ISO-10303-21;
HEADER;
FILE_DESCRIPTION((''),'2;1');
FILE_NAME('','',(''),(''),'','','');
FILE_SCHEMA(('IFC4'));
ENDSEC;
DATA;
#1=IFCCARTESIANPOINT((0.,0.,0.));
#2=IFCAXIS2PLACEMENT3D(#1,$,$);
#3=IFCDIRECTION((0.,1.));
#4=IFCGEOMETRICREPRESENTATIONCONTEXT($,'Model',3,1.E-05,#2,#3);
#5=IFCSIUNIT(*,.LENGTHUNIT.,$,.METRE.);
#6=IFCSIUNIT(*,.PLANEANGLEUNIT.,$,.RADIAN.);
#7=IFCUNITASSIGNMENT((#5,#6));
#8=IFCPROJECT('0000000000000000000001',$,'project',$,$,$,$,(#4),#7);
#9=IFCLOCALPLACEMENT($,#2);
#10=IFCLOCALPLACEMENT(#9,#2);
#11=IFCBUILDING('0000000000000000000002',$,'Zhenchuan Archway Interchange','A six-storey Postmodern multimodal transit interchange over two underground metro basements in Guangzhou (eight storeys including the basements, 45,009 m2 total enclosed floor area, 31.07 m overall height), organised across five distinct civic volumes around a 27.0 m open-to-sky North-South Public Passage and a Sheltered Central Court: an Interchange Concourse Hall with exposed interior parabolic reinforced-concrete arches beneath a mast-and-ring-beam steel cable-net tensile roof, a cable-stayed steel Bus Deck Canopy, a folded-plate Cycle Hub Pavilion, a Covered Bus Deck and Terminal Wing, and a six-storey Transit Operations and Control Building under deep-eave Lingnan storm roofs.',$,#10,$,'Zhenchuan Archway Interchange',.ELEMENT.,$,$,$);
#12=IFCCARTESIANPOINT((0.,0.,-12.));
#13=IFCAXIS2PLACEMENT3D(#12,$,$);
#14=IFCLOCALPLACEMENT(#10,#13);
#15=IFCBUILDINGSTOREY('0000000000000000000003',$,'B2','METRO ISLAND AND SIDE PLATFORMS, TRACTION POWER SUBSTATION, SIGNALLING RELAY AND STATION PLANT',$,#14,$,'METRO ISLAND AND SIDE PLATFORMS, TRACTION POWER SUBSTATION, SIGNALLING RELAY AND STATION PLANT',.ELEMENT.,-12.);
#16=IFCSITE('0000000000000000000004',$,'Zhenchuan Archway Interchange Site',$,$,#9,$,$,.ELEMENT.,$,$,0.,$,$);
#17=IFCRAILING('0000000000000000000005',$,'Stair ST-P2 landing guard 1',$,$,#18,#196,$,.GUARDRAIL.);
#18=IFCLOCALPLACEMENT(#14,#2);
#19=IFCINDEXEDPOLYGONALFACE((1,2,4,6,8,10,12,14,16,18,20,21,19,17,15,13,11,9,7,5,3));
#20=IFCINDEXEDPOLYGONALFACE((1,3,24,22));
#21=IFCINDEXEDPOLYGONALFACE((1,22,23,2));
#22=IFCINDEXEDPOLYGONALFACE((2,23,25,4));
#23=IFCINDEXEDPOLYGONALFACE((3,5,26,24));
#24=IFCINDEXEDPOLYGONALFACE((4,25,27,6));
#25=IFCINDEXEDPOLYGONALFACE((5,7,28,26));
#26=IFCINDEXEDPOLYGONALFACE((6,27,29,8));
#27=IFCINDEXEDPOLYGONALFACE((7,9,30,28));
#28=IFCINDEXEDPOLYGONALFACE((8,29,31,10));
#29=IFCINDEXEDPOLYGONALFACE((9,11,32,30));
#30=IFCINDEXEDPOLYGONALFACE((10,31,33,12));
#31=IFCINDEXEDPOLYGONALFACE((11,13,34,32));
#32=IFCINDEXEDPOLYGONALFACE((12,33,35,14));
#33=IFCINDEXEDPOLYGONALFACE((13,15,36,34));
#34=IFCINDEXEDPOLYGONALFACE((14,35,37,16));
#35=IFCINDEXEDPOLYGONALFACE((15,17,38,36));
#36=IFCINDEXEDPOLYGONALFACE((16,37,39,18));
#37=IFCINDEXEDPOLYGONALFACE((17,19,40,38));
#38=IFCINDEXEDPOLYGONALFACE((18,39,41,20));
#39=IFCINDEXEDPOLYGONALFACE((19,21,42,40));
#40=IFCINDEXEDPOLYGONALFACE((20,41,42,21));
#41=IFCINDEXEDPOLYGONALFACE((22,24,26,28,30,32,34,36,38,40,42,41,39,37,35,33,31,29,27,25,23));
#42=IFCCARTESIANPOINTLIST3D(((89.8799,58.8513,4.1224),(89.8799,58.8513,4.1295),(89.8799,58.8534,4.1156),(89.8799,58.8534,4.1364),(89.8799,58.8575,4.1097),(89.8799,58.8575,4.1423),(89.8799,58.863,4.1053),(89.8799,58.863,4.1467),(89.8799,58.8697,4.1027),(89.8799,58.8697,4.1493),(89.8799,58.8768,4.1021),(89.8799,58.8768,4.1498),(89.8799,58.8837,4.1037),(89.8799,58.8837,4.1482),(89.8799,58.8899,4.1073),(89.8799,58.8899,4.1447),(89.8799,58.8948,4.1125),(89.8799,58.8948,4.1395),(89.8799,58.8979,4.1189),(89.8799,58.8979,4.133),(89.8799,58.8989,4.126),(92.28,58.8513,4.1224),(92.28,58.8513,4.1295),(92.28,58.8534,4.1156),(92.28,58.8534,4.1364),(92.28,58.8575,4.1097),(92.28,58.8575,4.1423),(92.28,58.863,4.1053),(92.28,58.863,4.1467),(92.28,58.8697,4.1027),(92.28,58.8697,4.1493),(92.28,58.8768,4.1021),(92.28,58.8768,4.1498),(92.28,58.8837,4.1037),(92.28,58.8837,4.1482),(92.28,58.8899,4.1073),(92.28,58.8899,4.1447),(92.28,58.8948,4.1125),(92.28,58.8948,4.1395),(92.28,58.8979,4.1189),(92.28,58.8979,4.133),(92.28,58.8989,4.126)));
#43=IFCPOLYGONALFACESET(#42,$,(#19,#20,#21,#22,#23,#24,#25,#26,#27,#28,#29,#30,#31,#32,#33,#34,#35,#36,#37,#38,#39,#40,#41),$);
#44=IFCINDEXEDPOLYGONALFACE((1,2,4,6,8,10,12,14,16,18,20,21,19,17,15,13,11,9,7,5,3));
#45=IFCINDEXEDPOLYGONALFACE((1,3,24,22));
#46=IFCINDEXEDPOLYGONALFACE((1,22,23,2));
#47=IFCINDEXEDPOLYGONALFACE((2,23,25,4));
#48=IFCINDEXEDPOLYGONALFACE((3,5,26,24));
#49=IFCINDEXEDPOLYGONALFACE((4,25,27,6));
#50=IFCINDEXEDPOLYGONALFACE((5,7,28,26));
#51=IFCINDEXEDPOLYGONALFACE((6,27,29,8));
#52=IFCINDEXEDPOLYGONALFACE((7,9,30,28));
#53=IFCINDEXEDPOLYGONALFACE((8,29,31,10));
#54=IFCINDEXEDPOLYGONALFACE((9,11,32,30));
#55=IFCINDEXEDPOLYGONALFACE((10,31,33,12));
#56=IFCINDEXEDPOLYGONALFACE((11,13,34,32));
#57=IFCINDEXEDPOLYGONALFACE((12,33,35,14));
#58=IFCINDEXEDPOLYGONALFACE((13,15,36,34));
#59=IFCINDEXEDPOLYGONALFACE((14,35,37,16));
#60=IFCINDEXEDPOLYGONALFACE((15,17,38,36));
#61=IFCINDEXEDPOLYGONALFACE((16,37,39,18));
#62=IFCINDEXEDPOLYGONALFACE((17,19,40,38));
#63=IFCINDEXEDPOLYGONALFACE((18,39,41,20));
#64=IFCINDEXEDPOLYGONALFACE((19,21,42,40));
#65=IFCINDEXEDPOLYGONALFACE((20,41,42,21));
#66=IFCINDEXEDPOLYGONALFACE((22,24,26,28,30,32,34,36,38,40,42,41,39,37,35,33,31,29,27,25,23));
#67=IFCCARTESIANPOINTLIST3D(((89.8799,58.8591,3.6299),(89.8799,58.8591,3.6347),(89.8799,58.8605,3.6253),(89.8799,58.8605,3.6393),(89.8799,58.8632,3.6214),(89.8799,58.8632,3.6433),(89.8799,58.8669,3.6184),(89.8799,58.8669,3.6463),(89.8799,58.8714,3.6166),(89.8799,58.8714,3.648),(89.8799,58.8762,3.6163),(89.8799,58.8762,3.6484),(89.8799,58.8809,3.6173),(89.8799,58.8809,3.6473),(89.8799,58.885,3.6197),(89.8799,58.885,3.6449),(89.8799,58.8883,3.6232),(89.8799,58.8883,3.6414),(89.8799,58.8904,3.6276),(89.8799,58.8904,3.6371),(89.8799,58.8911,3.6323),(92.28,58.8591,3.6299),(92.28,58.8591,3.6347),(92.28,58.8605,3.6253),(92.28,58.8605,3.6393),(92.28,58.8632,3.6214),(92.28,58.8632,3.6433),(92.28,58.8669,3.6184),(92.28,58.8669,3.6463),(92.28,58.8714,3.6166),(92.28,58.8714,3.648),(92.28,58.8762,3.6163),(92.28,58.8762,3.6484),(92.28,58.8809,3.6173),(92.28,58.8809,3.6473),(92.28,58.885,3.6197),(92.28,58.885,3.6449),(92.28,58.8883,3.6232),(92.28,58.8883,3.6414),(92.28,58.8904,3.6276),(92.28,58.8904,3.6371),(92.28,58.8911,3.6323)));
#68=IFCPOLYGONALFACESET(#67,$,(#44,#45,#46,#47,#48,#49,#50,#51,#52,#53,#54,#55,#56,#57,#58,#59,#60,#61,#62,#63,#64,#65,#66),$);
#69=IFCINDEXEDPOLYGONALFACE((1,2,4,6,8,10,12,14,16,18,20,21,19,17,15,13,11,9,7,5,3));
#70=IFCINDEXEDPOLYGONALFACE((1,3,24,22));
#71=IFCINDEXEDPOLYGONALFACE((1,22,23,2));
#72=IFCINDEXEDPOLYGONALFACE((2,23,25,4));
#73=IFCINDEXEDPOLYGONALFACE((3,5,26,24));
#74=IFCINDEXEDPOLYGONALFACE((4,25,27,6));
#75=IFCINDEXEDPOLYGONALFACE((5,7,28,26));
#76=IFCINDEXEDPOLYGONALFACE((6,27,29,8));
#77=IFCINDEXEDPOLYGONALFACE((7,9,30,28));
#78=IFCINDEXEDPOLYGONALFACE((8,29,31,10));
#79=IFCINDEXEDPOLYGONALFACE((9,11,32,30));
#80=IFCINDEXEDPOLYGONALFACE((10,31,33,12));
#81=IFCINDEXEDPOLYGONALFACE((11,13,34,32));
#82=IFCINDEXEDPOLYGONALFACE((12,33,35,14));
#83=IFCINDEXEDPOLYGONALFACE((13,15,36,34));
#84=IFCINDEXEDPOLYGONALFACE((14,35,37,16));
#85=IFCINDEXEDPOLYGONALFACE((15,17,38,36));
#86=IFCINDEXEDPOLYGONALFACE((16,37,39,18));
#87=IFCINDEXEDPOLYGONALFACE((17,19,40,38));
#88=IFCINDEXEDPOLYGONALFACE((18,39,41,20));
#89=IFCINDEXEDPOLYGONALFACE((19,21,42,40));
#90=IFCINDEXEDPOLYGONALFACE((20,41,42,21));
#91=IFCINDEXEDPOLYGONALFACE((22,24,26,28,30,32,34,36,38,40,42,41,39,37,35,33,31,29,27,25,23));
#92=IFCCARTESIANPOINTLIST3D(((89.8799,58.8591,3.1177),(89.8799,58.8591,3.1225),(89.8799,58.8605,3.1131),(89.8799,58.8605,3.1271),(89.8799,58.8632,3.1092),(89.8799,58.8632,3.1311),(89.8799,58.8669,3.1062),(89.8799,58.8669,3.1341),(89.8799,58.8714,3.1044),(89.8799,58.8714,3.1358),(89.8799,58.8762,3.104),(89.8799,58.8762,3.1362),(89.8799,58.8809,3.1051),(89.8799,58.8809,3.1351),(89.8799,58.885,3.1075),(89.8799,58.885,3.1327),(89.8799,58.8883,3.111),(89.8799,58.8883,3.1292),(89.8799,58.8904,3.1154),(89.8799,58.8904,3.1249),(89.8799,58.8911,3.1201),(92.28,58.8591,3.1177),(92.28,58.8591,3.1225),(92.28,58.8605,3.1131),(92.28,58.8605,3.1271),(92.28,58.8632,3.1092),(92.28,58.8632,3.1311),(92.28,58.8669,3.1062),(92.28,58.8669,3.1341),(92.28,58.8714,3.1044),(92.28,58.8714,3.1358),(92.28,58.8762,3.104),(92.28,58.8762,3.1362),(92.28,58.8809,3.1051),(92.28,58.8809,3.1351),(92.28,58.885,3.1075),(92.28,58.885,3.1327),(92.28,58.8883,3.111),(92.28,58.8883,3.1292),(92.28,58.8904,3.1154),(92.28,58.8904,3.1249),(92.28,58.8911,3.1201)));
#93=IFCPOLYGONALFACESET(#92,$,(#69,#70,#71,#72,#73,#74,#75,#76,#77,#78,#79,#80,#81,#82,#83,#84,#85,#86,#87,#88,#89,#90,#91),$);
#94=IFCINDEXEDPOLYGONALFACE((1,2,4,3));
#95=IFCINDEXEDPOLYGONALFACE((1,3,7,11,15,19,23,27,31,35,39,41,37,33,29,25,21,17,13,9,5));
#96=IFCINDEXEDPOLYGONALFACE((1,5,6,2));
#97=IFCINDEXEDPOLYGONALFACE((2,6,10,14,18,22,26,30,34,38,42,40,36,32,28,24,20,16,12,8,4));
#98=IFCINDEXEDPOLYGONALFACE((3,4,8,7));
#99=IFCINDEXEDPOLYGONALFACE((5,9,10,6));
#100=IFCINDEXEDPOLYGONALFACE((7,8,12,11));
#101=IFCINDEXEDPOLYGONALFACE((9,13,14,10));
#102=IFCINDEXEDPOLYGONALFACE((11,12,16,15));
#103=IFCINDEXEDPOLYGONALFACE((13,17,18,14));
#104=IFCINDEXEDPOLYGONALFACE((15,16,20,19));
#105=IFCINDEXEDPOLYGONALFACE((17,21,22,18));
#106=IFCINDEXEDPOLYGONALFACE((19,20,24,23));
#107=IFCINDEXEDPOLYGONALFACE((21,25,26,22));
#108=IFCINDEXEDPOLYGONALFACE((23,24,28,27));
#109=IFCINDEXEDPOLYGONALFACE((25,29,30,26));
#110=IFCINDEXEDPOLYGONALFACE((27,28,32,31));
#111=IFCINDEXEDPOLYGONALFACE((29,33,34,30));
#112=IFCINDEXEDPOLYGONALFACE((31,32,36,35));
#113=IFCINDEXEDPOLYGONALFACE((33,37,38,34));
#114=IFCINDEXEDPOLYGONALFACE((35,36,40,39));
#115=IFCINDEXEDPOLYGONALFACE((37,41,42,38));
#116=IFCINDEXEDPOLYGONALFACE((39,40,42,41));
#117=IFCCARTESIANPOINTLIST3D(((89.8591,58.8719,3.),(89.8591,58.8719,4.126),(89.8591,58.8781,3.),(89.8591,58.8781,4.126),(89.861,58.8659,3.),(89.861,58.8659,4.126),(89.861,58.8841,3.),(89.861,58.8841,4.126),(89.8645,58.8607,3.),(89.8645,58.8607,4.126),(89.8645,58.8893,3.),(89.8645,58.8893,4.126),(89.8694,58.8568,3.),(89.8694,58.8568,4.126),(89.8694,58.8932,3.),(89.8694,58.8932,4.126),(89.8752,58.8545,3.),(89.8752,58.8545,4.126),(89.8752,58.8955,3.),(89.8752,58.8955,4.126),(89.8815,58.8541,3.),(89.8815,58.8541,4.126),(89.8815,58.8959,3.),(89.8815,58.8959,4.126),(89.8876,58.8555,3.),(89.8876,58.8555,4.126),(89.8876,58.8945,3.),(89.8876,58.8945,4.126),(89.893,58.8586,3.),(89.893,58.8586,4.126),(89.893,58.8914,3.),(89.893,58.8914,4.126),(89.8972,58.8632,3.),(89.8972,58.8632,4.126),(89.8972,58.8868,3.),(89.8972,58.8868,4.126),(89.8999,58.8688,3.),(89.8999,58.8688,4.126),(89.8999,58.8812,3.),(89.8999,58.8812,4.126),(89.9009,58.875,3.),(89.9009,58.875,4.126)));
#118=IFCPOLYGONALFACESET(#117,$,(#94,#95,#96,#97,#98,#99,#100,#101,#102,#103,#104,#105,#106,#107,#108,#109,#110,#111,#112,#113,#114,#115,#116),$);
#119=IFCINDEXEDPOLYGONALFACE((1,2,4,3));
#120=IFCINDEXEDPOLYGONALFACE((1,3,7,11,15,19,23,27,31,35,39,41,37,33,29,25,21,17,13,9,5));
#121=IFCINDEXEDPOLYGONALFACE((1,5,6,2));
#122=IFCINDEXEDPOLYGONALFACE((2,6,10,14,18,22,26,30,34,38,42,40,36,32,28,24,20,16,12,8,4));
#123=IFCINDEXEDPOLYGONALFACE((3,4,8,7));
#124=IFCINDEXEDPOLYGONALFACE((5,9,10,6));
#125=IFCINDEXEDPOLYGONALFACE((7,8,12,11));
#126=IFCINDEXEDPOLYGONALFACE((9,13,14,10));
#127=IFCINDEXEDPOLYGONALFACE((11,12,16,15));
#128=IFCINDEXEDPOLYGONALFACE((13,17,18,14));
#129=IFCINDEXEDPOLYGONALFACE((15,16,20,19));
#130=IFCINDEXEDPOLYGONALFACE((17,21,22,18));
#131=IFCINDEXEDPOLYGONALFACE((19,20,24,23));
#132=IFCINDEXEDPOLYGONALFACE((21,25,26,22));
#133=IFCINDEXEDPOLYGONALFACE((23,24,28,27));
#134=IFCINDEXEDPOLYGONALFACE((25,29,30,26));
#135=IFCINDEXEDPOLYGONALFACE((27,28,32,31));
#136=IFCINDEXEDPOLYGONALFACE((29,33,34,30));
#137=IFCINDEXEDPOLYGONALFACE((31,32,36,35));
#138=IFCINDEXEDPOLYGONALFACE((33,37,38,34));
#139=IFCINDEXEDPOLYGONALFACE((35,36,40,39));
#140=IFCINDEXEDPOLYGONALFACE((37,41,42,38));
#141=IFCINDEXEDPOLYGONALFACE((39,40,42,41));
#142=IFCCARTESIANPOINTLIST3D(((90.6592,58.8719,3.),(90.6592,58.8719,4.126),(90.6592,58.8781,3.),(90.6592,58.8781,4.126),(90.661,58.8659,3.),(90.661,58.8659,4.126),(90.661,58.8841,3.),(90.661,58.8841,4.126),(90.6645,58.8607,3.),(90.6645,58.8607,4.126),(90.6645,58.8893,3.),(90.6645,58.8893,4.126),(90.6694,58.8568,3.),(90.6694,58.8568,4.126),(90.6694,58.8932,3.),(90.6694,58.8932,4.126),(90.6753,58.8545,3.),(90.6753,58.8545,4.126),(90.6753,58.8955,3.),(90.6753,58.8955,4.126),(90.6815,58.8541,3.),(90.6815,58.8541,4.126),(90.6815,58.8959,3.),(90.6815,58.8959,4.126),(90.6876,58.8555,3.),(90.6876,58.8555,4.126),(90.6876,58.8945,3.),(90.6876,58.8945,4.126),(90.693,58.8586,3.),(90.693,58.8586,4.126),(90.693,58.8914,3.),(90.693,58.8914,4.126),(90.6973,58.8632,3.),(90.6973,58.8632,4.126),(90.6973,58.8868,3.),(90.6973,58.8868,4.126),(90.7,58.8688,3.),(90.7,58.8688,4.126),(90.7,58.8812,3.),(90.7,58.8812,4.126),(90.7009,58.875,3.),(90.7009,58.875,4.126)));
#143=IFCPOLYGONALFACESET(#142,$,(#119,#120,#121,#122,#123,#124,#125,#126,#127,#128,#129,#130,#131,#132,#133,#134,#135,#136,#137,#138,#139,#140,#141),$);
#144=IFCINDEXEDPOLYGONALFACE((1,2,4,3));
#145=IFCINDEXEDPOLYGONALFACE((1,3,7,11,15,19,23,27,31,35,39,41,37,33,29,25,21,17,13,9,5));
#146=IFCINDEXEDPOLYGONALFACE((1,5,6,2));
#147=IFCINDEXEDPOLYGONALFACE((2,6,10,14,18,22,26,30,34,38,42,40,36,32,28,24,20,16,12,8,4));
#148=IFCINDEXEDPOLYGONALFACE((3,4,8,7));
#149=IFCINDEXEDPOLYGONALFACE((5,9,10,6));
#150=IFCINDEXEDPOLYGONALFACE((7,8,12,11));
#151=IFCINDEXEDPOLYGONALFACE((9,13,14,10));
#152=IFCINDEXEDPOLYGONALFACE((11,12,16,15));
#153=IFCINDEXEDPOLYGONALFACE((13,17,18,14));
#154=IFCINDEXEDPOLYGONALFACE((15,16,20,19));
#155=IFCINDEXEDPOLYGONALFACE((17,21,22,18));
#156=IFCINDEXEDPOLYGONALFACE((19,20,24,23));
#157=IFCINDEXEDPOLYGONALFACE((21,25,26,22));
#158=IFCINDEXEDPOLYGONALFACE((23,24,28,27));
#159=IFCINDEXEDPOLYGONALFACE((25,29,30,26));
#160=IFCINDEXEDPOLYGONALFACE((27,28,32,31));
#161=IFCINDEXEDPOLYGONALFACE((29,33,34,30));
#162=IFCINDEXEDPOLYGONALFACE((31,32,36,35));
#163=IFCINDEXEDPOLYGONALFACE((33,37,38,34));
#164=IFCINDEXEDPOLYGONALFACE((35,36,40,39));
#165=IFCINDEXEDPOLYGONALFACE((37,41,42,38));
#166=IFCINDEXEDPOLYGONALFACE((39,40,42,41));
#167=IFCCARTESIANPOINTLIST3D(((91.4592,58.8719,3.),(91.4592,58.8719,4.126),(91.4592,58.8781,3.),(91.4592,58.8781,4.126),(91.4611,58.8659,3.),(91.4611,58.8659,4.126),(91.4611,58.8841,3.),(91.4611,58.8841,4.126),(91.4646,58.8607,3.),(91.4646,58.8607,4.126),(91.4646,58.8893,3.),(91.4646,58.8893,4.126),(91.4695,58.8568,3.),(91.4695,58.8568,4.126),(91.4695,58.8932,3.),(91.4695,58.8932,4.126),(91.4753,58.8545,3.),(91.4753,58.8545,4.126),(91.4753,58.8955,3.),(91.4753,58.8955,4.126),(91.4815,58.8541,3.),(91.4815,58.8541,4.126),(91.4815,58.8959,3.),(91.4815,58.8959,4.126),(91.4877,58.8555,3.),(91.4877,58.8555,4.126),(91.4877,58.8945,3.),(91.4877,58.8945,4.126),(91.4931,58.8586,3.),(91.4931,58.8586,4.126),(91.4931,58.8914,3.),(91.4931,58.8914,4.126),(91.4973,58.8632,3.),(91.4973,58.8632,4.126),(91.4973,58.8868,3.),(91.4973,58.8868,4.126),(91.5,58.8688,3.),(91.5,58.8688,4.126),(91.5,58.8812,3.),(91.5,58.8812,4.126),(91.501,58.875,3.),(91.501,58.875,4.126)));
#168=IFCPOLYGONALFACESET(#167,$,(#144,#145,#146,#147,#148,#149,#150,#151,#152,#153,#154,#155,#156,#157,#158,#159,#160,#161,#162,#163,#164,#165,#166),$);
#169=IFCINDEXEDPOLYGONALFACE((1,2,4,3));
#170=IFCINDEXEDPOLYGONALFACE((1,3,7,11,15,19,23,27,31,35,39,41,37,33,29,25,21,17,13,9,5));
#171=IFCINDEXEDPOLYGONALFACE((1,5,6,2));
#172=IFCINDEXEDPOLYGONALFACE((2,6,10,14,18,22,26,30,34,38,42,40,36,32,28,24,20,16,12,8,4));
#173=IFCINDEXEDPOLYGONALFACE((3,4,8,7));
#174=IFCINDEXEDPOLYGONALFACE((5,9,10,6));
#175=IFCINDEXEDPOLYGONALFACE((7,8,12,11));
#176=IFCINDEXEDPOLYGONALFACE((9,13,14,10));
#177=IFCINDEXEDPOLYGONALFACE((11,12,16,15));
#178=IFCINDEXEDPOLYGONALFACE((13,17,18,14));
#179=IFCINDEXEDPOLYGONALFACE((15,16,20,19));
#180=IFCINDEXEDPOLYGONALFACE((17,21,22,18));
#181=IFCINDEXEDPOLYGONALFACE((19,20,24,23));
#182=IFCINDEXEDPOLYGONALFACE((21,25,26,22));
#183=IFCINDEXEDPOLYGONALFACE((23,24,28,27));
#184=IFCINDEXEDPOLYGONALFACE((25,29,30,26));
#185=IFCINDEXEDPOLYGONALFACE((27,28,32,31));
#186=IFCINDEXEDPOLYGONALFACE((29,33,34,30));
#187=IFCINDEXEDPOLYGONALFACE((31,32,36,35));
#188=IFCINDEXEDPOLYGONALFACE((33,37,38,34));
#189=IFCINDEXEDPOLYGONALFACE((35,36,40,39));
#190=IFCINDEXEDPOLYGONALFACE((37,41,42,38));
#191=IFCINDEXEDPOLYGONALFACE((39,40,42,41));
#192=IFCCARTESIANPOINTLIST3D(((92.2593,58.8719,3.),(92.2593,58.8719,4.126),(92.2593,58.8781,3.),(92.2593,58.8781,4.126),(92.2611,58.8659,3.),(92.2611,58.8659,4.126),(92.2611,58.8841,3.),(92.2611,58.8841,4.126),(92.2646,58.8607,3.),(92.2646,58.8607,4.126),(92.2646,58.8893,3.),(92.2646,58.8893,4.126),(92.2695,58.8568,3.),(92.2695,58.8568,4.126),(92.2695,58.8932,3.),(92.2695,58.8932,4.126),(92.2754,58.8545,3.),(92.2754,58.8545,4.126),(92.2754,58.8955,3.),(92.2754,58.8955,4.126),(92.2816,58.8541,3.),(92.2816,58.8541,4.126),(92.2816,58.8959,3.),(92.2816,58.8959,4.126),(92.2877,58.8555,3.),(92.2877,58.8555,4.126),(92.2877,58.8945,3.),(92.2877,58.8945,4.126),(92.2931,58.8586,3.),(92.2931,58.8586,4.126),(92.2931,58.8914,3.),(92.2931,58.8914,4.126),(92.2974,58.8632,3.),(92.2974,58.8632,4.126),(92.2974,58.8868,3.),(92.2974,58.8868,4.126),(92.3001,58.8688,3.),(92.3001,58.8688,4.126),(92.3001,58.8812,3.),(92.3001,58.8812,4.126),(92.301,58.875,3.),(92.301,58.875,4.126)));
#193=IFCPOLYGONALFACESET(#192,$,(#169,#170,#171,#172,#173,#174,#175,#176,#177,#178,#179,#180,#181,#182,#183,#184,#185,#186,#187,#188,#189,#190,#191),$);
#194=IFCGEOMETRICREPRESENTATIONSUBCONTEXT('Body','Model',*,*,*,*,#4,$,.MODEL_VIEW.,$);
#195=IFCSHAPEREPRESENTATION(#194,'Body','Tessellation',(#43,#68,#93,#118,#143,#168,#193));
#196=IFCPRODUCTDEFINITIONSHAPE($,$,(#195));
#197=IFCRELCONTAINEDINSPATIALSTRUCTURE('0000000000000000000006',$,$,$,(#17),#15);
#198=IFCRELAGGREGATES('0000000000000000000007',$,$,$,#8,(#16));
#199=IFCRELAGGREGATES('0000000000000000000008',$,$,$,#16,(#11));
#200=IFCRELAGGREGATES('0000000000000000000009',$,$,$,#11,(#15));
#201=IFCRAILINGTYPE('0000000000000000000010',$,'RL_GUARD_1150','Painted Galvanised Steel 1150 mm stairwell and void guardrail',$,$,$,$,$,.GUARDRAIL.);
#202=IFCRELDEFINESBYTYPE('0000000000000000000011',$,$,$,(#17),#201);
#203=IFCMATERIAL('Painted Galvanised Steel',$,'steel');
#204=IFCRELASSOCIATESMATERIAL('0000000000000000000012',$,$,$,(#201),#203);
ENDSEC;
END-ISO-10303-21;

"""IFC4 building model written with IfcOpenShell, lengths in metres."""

from ifc_helpers import new_model, si_unit, direction, frame, origin, origin_2d, place, context, subcontext, project, spatial, circle, extrude, material, type_object, element, save


model = new_model("IFC4")

# Units and contexts
model_context = context("Model", 3, precision=1e-05, world=origin(), true_north=direction((0.0, 1.0)))
body_context = subcontext(model_context, "Body", "Model", "MODEL_VIEW")
ifc_project = project(units=[si_unit("LENGTHUNIT", "METRE"), si_unit("PLANEANGLEUNIT", "RADIAN")], contexts=[model_context])

# Site, building, storey
site_placement = place(None, origin())
site = spatial("IfcSite", under=ifc_project, at=site_placement, Name="Zhenchuan Archway Interchange Site", CompositionType="ELEMENT", RefElevation=0.0)
building_placement = place(site_placement, origin())
building = spatial("IfcBuilding", under=site, at=building_placement, Name="Zhenchuan Archway Interchange", Description="A six-storey Postmodern multimodal transit interchange over two underground metro basements in Guangzhou (eight storeys including the basements, 45,009 m2 total enclosed floor area, 31.07 m overall height), organised across five distinct civic volumes around a 27.0 m open-to-sky North-South Public Passage and a Sheltered Central Court: an Interchange Concourse Hall with exposed interior parabolic reinforced-concrete arches beneath a mast-and-ring-beam steel cable-net tensile roof, a cable-stayed steel Bus Deck Canopy, a folded-plate Cycle Hub Pavilion, a Covered Bus Deck and Terminal Wing, and a six-storey Transit Operations and Control Building under deep-eave Lingnan storm roofs.", LongName="Zhenchuan Archway Interchange", CompositionType="ELEMENT")
storey_placement = place(building_placement, frame((0.0, 0.0, -12.0)))
storey = spatial("IfcBuildingStorey", under=building, at=storey_placement, Name="B2", Description="METRO ISLAND AND SIDE PLATFORMS, TRACTION POWER SUBSTATION, SIGNALLING RELAY AND STATION PLANT", LongName="METRO ISLAND AND SIDE PLATFORMS, TRACTION POWER SUBSTATION, SIGNALLING RELAY AND STATION PLANT", CompositionType="ELEMENT", Elevation=-12.0)

# Railing
ifc_material_1 = material(Name="Painted Galvanised Steel", Category="steel")
railing_type_1 = type_object("IfcRailingType", Name="RL_GUARD_1150", Description="Painted Galvanised Steel 1150 mm stairwell and void guardrail", PredefinedType="GUARDRAIL", material=ifc_material_1)
for number, where, name in (
    (1, (89.8799, 58.875, 3.0), "Stair ST-P2 landing guard 1"),
):
    element("IfcRailing", number, at=place(storey_placement, frame(where)), inside=storey, type_object=railing_type_1, Name=name, PredefinedType="GUARDRAIL", context=body_context, shape_type="SweptSolid", body=[
        extrude(circle(Radius=0.0239, at=origin_2d()), frame((0.0, 0.0, 1.126), z_axis=(1.0, 0.0, 0.0), x_axis=(0.0, 1.0, 0.0)), (0.0, 0.0, 1.0), 2.4001),
        extrude(circle(Radius=0.0161, at=origin_2d()), frame((0.0, 0.0, 0.6323), z_axis=(1.0, 0.0, 0.0), x_axis=(0.0, 1.0, 0.0)), (0.0, 0.0, 1.0), 2.4001),
        extrude(circle(Radius=0.0161, at=origin_2d()), frame((0.0, 0.0, 0.1201), z_axis=(1.0, 0.0, 0.0), x_axis=(0.0, 1.0, 0.0)), (0.0, 0.0, 1.0), 2.4001),
        extrude(circle(Radius=0.021, at=origin_2d()), origin(), (0.0, 0.0, 1.0), 1.126),
        extrude(circle(Radius=0.021, at=origin_2d()), frame((0.8, 0.0, 0.0)), (0.0, 0.0, 1.0), 1.126),
        extrude(circle(Radius=0.021, at=origin_2d()), frame((1.6001, 0.0, 0.0)), (0.0, 0.0, 1.0), 1.126),
        extrude(circle(Radius=0.021, at=origin_2d()), frame((2.4001, 0.0, 0.0)), (0.0, 0.0, 1.0), 1.126),
    ])

save(model, "model.ifc")
